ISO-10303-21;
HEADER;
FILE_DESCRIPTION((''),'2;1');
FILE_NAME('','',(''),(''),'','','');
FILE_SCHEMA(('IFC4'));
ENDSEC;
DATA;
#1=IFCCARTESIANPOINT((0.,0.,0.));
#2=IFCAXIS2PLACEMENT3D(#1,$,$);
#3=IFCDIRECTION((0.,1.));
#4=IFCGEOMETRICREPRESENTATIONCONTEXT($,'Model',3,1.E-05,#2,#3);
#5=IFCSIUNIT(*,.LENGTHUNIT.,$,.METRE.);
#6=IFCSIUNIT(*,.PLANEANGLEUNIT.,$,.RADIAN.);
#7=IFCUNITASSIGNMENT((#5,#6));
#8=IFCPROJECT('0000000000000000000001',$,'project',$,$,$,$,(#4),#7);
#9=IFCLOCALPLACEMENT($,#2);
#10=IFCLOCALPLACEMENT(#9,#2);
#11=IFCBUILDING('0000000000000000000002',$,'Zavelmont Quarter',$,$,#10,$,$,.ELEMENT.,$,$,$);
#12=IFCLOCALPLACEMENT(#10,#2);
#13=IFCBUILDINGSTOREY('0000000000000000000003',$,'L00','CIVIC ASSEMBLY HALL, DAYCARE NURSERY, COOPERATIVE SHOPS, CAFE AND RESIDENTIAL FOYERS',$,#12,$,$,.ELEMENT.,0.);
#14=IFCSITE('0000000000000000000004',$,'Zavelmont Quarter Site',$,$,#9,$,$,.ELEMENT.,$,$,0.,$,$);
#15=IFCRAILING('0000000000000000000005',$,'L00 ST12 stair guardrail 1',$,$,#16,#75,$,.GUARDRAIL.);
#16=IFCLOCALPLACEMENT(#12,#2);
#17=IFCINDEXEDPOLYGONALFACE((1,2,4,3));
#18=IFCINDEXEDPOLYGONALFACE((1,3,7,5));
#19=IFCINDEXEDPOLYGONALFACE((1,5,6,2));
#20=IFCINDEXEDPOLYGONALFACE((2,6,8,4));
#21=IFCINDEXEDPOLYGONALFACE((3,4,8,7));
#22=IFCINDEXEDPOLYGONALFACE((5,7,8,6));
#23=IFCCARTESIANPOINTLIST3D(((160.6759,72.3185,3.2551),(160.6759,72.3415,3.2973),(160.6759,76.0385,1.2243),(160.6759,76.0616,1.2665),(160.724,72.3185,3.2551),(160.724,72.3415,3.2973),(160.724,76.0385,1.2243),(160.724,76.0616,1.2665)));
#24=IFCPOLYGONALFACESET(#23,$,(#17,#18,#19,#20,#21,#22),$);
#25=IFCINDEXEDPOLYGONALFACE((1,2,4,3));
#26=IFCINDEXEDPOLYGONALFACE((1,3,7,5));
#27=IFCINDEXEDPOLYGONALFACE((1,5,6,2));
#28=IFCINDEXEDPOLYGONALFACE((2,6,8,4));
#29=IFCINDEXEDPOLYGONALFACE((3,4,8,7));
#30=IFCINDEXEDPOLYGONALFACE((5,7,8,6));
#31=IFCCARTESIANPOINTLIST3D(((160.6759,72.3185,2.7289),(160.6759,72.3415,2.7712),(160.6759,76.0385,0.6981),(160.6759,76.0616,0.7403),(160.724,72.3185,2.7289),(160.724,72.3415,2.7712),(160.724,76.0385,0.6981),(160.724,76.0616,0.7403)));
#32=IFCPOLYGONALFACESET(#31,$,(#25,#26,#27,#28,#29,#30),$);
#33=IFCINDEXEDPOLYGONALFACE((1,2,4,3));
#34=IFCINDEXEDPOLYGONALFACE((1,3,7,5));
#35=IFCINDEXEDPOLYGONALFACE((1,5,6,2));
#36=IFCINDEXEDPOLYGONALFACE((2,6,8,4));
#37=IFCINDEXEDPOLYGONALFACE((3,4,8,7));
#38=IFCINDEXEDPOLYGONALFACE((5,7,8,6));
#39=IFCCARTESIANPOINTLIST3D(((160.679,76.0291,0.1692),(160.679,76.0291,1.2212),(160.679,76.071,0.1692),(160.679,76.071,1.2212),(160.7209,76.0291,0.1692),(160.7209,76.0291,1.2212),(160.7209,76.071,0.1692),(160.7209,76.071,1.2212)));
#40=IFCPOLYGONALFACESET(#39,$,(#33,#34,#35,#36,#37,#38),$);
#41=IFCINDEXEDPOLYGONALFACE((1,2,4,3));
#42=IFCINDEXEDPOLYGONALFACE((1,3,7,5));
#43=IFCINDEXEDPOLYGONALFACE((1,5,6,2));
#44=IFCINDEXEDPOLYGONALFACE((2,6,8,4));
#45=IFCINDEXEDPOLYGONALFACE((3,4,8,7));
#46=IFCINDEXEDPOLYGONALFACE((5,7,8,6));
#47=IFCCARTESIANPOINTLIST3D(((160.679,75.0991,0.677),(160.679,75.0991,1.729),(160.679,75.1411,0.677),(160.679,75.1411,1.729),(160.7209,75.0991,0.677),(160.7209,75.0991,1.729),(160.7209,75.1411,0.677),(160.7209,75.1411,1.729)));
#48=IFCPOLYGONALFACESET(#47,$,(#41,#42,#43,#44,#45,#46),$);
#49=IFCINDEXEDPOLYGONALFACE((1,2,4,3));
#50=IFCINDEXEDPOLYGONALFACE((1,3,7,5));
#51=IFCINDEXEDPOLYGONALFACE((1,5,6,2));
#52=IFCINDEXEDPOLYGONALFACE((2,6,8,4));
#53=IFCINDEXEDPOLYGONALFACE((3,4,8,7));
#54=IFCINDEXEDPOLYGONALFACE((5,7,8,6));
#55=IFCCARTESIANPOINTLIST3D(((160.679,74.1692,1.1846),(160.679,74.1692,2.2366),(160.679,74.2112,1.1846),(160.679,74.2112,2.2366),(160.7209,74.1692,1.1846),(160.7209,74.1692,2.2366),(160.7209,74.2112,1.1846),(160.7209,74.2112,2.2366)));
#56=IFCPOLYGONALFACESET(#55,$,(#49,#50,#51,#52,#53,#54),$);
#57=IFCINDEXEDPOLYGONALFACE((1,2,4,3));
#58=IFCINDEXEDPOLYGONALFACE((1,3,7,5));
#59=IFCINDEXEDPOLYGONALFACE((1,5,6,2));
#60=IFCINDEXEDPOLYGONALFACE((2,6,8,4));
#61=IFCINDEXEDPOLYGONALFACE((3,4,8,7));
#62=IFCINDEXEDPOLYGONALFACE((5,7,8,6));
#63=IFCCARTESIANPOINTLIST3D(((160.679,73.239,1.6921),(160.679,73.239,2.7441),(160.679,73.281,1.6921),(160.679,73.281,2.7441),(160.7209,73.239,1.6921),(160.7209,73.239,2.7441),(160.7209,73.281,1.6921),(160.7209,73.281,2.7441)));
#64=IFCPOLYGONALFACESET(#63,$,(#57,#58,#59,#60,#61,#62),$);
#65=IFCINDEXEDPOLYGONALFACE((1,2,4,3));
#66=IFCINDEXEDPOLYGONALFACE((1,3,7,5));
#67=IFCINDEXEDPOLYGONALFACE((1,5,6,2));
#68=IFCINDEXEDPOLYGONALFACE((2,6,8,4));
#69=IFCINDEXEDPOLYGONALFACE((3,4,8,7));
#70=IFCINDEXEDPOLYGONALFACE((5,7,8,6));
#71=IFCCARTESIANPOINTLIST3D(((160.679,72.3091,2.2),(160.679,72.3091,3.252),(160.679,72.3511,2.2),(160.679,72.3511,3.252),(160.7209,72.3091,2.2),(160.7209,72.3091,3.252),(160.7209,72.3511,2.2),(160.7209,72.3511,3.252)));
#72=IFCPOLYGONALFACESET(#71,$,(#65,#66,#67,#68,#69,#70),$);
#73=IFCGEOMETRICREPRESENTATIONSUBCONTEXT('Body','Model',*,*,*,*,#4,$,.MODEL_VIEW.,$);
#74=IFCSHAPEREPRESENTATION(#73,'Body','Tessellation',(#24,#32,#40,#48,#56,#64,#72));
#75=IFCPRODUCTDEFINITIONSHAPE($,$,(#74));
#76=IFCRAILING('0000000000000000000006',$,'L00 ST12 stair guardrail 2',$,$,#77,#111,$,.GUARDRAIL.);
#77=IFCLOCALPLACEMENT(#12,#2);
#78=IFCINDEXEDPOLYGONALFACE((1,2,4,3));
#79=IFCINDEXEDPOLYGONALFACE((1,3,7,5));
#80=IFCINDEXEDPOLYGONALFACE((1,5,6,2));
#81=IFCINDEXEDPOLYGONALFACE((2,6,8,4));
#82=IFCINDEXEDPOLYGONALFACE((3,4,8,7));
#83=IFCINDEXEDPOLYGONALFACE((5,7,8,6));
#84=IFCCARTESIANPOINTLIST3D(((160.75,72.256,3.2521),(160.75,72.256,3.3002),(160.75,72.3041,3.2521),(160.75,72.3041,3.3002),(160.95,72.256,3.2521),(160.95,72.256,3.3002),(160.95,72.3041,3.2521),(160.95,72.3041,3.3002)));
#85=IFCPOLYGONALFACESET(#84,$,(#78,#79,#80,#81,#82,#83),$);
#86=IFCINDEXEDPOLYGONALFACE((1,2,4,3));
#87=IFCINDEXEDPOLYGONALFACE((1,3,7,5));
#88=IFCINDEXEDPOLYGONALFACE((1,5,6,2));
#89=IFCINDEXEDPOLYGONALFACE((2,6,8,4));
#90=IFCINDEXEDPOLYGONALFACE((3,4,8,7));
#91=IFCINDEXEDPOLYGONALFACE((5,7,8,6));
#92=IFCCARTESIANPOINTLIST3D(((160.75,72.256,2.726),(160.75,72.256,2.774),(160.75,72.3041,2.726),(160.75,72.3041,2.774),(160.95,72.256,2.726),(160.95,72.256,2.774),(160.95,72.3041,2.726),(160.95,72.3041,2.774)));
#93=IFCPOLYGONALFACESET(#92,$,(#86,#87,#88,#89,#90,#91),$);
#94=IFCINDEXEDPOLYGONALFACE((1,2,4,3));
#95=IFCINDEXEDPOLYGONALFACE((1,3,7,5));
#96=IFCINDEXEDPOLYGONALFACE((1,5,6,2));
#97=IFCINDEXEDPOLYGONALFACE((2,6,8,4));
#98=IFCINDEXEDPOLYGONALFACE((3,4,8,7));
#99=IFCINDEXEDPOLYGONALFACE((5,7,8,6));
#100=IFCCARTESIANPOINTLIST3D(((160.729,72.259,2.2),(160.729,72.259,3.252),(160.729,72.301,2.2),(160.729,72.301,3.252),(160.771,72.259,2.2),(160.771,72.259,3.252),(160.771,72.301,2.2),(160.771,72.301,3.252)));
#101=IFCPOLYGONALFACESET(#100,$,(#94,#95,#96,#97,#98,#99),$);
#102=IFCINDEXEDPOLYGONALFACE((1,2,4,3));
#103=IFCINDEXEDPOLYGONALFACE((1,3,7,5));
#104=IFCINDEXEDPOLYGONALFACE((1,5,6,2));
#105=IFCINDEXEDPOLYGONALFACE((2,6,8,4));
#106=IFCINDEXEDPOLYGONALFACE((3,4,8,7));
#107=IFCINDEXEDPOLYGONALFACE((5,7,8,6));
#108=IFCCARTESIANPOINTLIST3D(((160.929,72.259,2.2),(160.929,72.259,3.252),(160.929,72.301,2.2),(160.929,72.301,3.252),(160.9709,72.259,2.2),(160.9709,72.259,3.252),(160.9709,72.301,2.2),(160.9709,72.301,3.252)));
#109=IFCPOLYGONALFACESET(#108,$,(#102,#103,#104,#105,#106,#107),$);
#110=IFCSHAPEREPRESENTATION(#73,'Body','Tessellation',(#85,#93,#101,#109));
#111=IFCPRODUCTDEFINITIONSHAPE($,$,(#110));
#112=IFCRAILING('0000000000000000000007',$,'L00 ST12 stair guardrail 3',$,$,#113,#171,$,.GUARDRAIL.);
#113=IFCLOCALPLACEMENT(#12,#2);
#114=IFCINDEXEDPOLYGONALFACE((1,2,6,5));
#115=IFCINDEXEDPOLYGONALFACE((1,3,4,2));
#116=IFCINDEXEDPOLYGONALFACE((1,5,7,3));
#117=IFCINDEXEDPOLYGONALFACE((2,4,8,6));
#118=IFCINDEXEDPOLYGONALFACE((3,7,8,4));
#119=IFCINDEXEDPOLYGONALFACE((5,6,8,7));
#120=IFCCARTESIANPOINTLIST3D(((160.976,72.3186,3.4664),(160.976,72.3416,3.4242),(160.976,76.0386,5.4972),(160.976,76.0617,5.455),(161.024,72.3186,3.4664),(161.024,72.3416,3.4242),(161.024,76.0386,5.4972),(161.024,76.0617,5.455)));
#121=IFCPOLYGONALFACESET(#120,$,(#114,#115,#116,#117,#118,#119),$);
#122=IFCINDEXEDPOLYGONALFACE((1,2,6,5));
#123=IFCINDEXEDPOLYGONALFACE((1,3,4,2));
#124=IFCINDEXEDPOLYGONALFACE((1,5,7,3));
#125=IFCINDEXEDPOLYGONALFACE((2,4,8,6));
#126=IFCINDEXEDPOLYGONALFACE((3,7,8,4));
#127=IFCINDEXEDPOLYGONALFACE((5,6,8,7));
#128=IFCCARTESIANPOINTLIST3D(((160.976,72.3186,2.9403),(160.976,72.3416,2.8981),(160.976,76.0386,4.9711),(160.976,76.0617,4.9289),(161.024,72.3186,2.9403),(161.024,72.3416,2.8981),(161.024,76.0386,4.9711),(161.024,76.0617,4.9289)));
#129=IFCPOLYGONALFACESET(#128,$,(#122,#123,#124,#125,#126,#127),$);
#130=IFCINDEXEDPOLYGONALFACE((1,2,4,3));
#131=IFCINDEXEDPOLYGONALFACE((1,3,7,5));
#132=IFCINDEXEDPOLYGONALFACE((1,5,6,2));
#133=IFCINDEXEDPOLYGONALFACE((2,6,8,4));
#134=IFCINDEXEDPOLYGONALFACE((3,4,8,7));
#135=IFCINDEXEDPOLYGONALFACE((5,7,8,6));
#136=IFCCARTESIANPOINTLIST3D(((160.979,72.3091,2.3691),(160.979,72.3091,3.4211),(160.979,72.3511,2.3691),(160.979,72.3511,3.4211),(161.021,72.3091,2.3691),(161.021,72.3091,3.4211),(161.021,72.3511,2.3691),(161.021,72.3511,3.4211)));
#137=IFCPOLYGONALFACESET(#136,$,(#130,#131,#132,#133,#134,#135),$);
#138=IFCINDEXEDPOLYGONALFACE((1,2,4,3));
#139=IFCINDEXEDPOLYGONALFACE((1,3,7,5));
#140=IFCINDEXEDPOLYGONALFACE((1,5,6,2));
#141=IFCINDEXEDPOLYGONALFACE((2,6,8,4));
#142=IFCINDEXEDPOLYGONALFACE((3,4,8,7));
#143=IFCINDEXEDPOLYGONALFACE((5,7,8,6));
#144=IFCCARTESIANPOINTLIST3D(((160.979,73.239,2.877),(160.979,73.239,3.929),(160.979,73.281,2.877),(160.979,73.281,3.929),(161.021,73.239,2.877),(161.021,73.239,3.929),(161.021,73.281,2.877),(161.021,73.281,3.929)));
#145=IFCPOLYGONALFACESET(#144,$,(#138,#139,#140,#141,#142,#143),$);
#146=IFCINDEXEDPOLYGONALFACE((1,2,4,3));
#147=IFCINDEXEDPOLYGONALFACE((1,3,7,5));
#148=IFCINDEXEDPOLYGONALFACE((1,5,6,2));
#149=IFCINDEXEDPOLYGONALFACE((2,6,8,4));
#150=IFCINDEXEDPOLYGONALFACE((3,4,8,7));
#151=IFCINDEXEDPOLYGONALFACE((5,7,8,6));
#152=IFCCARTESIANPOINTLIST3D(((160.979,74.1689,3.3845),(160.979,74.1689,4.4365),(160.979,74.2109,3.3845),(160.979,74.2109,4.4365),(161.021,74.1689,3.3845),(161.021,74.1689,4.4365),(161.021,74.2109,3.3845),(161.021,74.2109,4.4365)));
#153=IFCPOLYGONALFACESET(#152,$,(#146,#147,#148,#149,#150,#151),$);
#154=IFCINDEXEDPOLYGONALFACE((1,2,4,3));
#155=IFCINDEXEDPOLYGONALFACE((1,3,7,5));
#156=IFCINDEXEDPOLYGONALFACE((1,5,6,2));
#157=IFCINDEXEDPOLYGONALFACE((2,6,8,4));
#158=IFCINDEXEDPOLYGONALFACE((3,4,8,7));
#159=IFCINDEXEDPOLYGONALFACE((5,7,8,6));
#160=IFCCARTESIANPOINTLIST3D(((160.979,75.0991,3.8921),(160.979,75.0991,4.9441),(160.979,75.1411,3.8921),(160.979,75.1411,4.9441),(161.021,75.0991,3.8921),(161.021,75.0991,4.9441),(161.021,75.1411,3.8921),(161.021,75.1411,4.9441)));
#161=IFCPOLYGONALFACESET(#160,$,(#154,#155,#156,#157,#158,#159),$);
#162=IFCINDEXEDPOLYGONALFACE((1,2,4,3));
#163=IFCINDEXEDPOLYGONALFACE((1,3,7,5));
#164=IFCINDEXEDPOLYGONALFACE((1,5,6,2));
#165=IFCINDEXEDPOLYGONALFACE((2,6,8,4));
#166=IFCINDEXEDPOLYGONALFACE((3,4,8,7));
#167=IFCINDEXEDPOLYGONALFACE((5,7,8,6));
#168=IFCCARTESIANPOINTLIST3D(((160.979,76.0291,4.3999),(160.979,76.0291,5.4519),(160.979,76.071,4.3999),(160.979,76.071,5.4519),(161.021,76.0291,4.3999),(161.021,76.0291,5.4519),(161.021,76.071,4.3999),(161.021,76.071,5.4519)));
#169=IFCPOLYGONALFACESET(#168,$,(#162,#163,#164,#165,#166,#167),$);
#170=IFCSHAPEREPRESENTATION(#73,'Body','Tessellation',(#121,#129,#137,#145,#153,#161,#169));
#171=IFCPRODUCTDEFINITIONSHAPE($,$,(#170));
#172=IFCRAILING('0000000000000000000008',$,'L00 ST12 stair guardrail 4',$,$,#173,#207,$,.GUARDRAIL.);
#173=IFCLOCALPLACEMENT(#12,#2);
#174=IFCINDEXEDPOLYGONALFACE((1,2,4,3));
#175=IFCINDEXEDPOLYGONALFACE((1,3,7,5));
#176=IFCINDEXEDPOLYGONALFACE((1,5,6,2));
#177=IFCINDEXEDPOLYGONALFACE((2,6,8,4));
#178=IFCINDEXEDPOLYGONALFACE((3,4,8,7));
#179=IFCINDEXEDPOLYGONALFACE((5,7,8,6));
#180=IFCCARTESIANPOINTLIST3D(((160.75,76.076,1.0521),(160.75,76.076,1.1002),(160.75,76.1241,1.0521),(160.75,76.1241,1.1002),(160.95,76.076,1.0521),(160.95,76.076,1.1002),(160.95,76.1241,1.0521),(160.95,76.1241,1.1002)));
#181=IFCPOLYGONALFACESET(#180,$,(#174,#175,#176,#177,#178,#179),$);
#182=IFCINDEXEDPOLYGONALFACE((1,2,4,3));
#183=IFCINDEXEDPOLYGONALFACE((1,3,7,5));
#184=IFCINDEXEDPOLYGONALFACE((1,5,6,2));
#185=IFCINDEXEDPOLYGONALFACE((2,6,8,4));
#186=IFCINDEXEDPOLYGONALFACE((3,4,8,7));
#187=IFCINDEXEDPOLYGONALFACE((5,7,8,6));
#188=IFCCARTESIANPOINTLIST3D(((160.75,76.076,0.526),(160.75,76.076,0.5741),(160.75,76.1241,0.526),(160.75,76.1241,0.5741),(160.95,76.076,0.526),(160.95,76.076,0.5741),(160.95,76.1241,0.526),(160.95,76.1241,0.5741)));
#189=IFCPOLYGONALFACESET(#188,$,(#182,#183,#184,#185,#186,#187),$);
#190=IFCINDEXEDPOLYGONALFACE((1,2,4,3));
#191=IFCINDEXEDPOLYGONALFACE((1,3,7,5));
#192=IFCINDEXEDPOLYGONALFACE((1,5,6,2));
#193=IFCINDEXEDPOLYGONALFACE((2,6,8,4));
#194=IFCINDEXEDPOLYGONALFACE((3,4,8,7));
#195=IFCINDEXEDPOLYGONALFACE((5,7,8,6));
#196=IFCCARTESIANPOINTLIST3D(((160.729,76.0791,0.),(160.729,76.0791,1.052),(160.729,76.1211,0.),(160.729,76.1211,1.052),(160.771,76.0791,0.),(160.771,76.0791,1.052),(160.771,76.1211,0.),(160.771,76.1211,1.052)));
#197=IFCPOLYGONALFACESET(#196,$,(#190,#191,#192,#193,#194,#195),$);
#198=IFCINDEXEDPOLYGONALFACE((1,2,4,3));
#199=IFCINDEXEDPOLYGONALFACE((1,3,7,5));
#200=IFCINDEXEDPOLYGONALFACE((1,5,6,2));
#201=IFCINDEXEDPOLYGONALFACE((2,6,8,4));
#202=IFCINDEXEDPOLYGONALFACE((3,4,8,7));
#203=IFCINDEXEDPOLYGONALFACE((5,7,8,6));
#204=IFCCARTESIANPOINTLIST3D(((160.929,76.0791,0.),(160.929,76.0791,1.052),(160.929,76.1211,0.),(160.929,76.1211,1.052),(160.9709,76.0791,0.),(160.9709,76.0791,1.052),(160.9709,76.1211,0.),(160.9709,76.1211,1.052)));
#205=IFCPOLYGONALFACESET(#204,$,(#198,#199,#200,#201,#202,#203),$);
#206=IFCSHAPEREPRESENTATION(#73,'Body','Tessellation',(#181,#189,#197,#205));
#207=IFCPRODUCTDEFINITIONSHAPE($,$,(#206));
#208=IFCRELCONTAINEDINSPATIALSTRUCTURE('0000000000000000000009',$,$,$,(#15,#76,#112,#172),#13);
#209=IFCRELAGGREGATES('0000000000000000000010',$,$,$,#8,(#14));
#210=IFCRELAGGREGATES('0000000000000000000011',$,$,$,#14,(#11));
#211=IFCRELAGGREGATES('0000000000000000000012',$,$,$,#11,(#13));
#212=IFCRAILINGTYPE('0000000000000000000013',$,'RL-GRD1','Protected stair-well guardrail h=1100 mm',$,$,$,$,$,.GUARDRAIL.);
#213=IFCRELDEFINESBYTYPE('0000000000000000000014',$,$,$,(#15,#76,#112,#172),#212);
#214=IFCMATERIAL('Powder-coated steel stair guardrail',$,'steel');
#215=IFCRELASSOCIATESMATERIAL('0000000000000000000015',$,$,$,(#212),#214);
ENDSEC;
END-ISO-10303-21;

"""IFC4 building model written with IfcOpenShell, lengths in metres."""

from ifc_helpers import new_model, si_unit, direction, frame, origin, origin_2d, place, context, subcontext, project, spatial, rectangle, extrude, material, type_object, element, save


model = new_model("IFC4")

# Units and contexts
model_context = context("Model", 3, precision=1e-05, world=origin(), true_north=direction((0.0, 1.0)))
body_context = subcontext(model_context, "Body", "Model", "MODEL_VIEW")
ifc_project = project(units=[si_unit("LENGTHUNIT", "METRE"), si_unit("PLANEANGLEUNIT", "RADIAN")], contexts=[model_context])

# Site, building, storey
site_placement = place(None, origin())
site = spatial("IfcSite", under=ifc_project, at=site_placement, Name="Zavelmont Quarter Site", CompositionType="ELEMENT", RefElevation=0.0)
building_placement = place(site_placement, origin())
building = spatial("IfcBuilding", under=site, at=building_placement, Name="Zavelmont Quarter", CompositionType="ELEMENT")
storey_placement = place(building_placement, origin())
storey = spatial("IfcBuildingStorey", under=building, at=storey_placement, Name="L00", Description="CIVIC ASSEMBLY HALL, DAYCARE NURSERY, COOPERATIVE SHOPS, CAFE AND RESIDENTIAL FOYERS", CompositionType="ELEMENT", Elevation=0.0)

# Railings
ifc_material_1 = material(Name="Powder-coated steel stair guardrail", Category="steel")
railing_type_1 = type_object("IfcRailingType", Name="RL-GRD1", Description="Protected stair-well guardrail h=1100 mm", PredefinedType="GUARDRAIL", material=ifc_material_1)
railing_1_placement = place(storey_placement, frame((160.7, 76.05, 0.1692)))
element("IfcRailing", 1, at=railing_1_placement, inside=storey, type_object=railing_type_1, Name="L00 ST12 stair guardrail 1", PredefinedType="GUARDRAIL", context=body_context, shape_type="SweptSolid", body=[
    extrude(rectangle(XDim=0.0481, YDim=0.0481, at=origin_2d()), frame((0.0, 0.0, 1.0762), z_axis=(0.0, -0.877728, 0.479159), x_axis=(1.0, 0.0, 0.0)), (0.0, 0.0, 1.0), 4.2383),
    extrude(rectangle(XDim=0.0481, YDim=0.0481, at=origin_2d()), frame((0.0, 0.0, 0.55), z_axis=(0.0, -0.877728, 0.479159), x_axis=(1.0, 0.0, 0.0)), (0.0, 0.0, 1.0), 4.2383),
    extrude(rectangle(XDim=0.042, YDim=0.042, at=origin_2d()), origin(), (0.0, 0.0, 1.0), 1.052),
    extrude(rectangle(XDim=0.042, YDim=0.042, at=origin_2d()), frame((0.0, -0.9299, 0.5078)), (0.0, 0.0, 1.0), 1.052),
    extrude(rectangle(XDim=0.042, YDim=0.042, at=origin_2d()), frame((0.0, -1.8599, 1.0154)), (0.0, 0.0, 1.0), 1.052),
    extrude(rectangle(XDim=0.042, YDim=0.042, at=origin_2d()), frame((0.0, -2.79, 1.5229)), (0.0, 0.0, 1.0), 1.052),
    extrude(rectangle(XDim=0.042, YDim=0.042, at=origin_2d()), frame((0.0, -3.72, 2.0308)), (0.0, 0.0, 1.0), 1.052),
])
railing_2_placement = place(storey_placement, frame((160.75, 72.28, 2.2)))
element("IfcRailing", 2, at=railing_2_placement, inside=storey, type_object=railing_type_1, Name="L00 ST12 stair guardrail 2", PredefinedType="GUARDRAIL", context=body_context, shape_type="SweptSolid", body=[
    extrude(rectangle(XDim=0.0481, YDim=0.0481, at=origin_2d()), frame((0.0, 0.0, 1.0762), z_axis=(1.0, 0.0, 0.0), x_axis=(0.0, 1.0, 0.0)), (0.0, 0.0, 1.0), 0.2),
    extrude(rectangle(XDim=0.0481, YDim=0.0481, at=origin_2d()), frame((0.0, 0.0, 0.55), z_axis=(1.0, 0.0, 0.0), x_axis=(0.0, 1.0, 0.0)), (0.0, 0.0, 1.0), 0.2),
    extrude(rectangle(XDim=0.042, YDim=0.042, at=origin_2d()), origin(), (0.0, 0.0, 1.0), 1.052),
    extrude(rectangle(XDim=0.042, YDim=0.042, at=origin_2d()), frame((0.2, 0.0, 0.0)), (0.0, 0.0, 1.0), 1.052),
])
railing_3_placement = place(storey_placement, frame((161.0, 72.3301, 2.3691)))
element("IfcRailing", 3, at=railing_3_placement, inside=storey, type_object=railing_type_1, Name="L00 ST12 stair guardrail 3", PredefinedType="GUARDRAIL", context=body_context, shape_type="SweptSolid", body=[
    extrude(rectangle(XDim=0.0481, YDim=0.0481, at=origin_2d()), frame((0.0, 0.0, 1.0762), z_axis=(0.0, 0.877728, 0.479159), x_axis=(-1.0, 0.0, 0.0)), (0.0, 0.0, 1.0), 4.2383),
    extrude(rectangle(XDim=0.0481, YDim=0.0481, at=origin_2d()), frame((0.0, 0.0, 0.55), z_axis=(0.0, 0.877728, 0.479159), x_axis=(-1.0, 0.0, 0.0)), (0.0, 0.0, 1.0), 4.2383),
    extrude(rectangle(XDim=0.042, YDim=0.042, at=origin_2d()), origin(), (0.0, 0.0, 1.0), 1.052),
    extrude(rectangle(XDim=0.042, YDim=0.042, at=origin_2d()), frame((0.0, 0.9299, 0.5078)), (0.0, 0.0, 1.0), 1.052),
    extrude(rectangle(XDim=0.042, YDim=0.042, at=origin_2d()), frame((0.0, 1.8599, 1.0154)), (0.0, 0.0, 1.0), 1.052),
    extrude(rectangle(XDim=0.042, YDim=0.042, at=origin_2d()), frame((0.0, 2.79, 1.5229)), (0.0, 0.0, 1.0), 1.052),
    extrude(rectangle(XDim=0.042, YDim=0.042, at=origin_2d()), frame((0.0, 3.72, 2.0308)), (0.0, 0.0, 1.0), 1.052),
])
railing_4_placement = place(storey_placement, frame((160.75, 76.1001, 0.0)))
element("IfcRailing", 4, at=railing_4_placement, inside=storey, type_object=railing_type_1, Name="L00 ST12 stair guardrail 4", PredefinedType="GUARDRAIL", context=body_context, shape_type="SweptSolid", body=[
    extrude(rectangle(XDim=0.0481, YDim=0.0481, at=origin_2d()), frame((0.0, 0.0, 1.0762), z_axis=(1.0, 0.0, 0.0), x_axis=(0.0, 1.0, 0.0)), (0.0, 0.0, 1.0), 0.2),
    extrude(rectangle(XDim=0.0481, YDim=0.0481, at=origin_2d()), frame((0.0, 0.0, 0.55), z_axis=(1.0, 0.0, 0.0), x_axis=(0.0, 1.0, 0.0)), (0.0, 0.0, 1.0), 0.2),
    extrude(rectangle(XDim=0.042, YDim=0.042, at=origin_2d()), origin(), (0.0, 0.0, 1.0), 1.052),
    extrude(rectangle(XDim=0.042, YDim=0.042, at=origin_2d()), frame((0.2, 0.0, 0.0)), (0.0, 0.0, 1.0), 1.052),
])

save(model, "model.ifc")
